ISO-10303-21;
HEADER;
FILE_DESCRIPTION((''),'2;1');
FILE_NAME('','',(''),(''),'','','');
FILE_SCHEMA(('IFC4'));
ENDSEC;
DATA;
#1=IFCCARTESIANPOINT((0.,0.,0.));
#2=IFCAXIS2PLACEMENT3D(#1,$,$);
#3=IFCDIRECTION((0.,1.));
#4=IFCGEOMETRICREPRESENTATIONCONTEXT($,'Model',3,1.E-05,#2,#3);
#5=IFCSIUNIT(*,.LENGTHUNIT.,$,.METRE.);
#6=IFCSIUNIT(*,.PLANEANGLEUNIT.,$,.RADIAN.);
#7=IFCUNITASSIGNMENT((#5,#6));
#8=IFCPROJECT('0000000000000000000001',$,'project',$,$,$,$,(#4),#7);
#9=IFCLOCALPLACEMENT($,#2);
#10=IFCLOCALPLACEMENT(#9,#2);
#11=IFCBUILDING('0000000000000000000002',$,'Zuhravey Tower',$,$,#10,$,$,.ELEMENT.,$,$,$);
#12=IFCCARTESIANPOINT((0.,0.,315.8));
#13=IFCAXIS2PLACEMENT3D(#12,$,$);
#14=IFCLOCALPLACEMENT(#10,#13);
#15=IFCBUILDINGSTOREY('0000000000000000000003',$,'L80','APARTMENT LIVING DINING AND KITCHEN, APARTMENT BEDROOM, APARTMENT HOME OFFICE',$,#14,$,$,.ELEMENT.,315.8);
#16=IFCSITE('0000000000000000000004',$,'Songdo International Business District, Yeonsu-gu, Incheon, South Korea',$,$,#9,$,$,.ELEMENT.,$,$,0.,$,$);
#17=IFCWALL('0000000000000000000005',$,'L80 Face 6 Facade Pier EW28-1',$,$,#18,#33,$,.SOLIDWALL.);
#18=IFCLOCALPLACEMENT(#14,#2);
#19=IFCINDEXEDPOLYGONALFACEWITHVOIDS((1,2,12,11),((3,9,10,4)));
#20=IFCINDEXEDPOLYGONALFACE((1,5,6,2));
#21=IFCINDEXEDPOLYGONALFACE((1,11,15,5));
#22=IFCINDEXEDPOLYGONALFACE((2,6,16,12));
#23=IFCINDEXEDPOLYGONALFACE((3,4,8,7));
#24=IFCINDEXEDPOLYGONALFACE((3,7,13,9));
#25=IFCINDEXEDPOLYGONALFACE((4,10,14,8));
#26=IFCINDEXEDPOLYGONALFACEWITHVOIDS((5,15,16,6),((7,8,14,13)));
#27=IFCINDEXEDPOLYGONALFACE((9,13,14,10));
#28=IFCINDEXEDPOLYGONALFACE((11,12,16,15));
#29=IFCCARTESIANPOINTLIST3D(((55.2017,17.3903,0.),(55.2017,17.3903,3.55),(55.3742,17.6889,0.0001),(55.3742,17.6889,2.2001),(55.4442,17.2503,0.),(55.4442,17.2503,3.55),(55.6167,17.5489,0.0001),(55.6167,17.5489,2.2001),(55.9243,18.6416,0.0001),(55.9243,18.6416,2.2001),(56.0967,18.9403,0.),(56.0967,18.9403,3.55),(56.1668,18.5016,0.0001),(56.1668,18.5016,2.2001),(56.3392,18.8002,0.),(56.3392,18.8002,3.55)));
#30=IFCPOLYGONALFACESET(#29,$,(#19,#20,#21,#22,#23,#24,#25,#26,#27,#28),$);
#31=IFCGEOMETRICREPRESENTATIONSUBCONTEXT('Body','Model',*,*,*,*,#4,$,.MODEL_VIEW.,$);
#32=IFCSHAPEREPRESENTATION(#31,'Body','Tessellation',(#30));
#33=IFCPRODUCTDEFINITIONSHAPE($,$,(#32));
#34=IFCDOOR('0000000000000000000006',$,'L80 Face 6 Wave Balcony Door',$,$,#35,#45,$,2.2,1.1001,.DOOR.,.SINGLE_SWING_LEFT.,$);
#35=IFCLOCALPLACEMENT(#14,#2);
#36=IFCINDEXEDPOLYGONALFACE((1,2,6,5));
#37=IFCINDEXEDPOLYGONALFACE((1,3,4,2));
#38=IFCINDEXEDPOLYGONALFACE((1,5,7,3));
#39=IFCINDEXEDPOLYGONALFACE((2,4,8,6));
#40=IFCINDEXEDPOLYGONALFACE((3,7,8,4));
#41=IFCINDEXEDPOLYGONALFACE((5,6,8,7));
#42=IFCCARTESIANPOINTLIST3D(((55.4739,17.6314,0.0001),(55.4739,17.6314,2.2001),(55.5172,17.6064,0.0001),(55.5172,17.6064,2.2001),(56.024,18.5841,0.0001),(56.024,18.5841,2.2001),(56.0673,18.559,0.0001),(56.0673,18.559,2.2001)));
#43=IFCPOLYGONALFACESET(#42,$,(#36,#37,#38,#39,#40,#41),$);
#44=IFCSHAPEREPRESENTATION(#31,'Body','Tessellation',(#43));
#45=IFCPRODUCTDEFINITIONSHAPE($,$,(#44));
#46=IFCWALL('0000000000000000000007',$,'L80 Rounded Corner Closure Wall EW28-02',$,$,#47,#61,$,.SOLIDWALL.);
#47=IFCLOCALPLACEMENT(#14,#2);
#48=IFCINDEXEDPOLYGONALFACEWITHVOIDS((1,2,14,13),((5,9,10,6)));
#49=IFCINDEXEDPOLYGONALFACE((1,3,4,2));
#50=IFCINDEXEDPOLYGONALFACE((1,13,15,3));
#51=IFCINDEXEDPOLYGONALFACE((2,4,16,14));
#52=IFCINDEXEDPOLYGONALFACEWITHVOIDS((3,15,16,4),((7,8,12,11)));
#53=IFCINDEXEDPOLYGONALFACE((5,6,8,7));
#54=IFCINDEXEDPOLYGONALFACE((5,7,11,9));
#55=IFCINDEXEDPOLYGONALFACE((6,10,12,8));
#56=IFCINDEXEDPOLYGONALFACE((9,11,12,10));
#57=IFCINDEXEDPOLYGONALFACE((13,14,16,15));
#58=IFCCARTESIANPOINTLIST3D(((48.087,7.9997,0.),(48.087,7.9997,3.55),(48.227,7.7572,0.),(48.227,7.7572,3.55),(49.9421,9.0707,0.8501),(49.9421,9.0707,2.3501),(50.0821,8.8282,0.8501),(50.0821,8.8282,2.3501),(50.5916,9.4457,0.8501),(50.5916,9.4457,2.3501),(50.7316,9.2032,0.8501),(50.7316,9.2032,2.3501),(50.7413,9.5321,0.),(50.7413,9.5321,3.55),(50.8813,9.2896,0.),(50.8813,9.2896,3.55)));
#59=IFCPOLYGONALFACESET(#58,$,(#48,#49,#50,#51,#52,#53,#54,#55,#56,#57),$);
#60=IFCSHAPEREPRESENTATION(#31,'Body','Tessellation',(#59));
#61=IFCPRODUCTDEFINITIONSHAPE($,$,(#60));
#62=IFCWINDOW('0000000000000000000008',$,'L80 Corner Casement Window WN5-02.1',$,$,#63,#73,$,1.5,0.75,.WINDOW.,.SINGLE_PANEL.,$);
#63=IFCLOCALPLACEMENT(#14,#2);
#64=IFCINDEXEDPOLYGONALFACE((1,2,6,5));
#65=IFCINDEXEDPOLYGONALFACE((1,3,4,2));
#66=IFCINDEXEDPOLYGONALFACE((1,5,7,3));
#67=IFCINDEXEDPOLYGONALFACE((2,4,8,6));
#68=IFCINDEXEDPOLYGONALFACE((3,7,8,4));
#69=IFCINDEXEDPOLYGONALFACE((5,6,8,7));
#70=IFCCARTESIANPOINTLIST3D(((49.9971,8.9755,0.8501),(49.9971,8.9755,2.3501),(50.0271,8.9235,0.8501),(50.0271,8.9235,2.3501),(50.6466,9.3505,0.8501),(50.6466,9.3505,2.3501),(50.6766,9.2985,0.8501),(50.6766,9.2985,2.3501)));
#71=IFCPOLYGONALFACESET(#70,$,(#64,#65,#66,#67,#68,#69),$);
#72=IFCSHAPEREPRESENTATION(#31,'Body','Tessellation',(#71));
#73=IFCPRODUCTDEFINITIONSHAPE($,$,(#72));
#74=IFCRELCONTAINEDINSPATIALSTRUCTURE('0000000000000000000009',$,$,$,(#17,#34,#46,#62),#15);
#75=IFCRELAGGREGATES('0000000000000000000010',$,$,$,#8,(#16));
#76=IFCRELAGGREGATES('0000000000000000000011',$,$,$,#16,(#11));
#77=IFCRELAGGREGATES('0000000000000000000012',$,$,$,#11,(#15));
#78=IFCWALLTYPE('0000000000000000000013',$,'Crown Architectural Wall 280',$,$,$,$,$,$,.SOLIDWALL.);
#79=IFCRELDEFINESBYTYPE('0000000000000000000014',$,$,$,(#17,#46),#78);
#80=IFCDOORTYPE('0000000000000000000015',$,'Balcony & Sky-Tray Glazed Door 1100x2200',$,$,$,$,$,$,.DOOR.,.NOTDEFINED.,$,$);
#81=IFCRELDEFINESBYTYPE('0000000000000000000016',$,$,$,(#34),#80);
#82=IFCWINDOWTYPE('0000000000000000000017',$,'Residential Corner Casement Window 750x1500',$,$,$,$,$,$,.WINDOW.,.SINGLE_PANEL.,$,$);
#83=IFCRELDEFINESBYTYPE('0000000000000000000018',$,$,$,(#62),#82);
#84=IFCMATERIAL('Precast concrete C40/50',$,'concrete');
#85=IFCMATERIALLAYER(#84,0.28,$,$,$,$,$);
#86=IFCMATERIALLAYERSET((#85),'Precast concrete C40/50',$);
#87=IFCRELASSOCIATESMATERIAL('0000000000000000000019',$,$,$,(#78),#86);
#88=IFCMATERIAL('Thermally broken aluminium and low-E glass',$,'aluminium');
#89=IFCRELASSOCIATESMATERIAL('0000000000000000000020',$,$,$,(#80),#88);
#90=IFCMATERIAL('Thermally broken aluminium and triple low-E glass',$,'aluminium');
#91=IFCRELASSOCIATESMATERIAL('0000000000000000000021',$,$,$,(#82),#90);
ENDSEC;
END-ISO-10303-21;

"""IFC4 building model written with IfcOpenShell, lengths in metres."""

from ifc_helpers import new_model, si_unit, direction, frame, frame_2d, origin, place, context, subcontext, project, spatial, rectangle, extrude, material, layer, layer_set, type_object, element, fill, save


model = new_model("IFC4")

# Units and contexts
model_context = context("Model", 3, precision=1e-05, world=origin(), true_north=direction((0.0, 1.0)))
body_context = subcontext(model_context, "Body", "Model", "MODEL_VIEW")
ifc_project = project(units=[si_unit("LENGTHUNIT", "METRE"), si_unit("PLANEANGLEUNIT", "RADIAN")], contexts=[model_context])

# Site, building, storey
site_placement = place(None, origin())
site = spatial("IfcSite", under=ifc_project, at=site_placement, Name="Songdo International Business District, Yeonsu-gu, Incheon, South Korea", CompositionType="ELEMENT", RefElevation=0.0)
building_placement = place(site_placement, origin())
building = spatial("IfcBuilding", under=site, at=building_placement, Name="Zuhravey Tower", CompositionType="ELEMENT")
storey_placement = place(building_placement, frame((0.0, 0.0, 315.8)))
storey = spatial("IfcBuildingStorey", under=building, at=storey_placement, Name="L80", Description="APARTMENT LIVING DINING AND KITCHEN, APARTMENT BEDROOM, APARTMENT HOME OFFICE", CompositionType="ELEMENT", Elevation=315.8)

# Wall, opening, door
ifc_material_1 = material(Name="Precast concrete C40/50", Category="concrete")
ifc_layer_1 = layer(ifc_material_1, 0.28)
ifc_layer_set_1 = layer_set([ifc_layer_1], Name="Precast concrete C40/50")
wall_type = type_object("IfcWallType", Name="Crown Architectural Wall 280", PredefinedType="SOLIDWALL", material=ifc_layer_set_1)
wall_1_placement = place(storey_placement, frame((56.218, 18.8704, 0.0), z_axis=(0.0, 0.0, 1.0), x_axis=(-0.500041, -0.866002, 0.0)))
wall_1 = element("IfcWall", 1, at=wall_1_placement, inside=storey, type_object=wall_type, Name="L80 Face 6 Facade Pier EW28-1", PredefinedType="SOLIDWALL", context=body_context, shape_type="SweptSolid", body=[
    extrude(rectangle(XDim=1.7898, YDim=0.28, at=frame_2d((0.895, 0.0))), origin(), (0.0, 0.0, 1.0), 3.55),
])
opening_1_placement = place(wall_1_placement, frame((0.345, 0.0, 0.0)))
opening_1 = element("IfcOpeningElement", 2, at=opening_1_placement, cuts=wall_1, PredefinedType="OPENING", context=body_context, shape_type="SweptSolid", body=[
    extrude(rectangle(XDim=1.1001, YDim=2.2, at=frame_2d((0.55, 1.1001))), frame((0.0, 0.1521, 0.0), z_axis=(0.0, -1.0, 0.0), x_axis=(1.0, 0.0, 0.0)), (0.0, 0.0, 1.0), 0.304),
])
ifc_material_2 = material(Name="Thermally broken aluminium and low-E glass", Category="aluminium")
door_type = type_object("IfcDoorType", Name="Balcony & Sky-Tray Glazed Door 1100x2200", OperationType="NOTDEFINED", PredefinedType="DOOR", material=ifc_material_2)
door_placement = place(opening_1_placement, frame((1.1001, 0.0, 0.0), z_axis=(0.0, 0.0, 1.0), x_axis=(-1.0, 0.0, 0.0)))
door = element("IfcDoor", 3, at=door_placement, inside=storey, type_object=door_type, Name="L80 Face 6 Wave Balcony Door", OperationType="SINGLE_SWING_LEFT", OverallHeight=2.2, OverallWidth=1.1001, PredefinedType="DOOR", context=body_context, shape_type="SweptSolid", body=[
    extrude(rectangle(XDim=1.1001, YDim=2.2, at=frame_2d((0.55, 1.1001))), frame((0.0, 0.0249, 0.0), z_axis=(0.0, -1.0, 0.0), x_axis=(1.0, 0.0, 0.0)), (0.0, 0.0, 1.0), 0.05),
])
fill(opening_1, door)

# Wall, opening, window
wall_2_placement = place(storey_placement, frame((50.8113, 9.4109, 0.0), z_axis=(0.0, 0.0, 1.0), x_axis=(-0.866024, -0.500003, 0.0)))
wall_2 = element("IfcWall", 4, at=wall_2_placement, inside=storey, type_object=wall_type, Name="L80 Rounded Corner Closure Wall EW28-02", PredefinedType="SOLIDWALL", context=body_context, shape_type="SweptSolid", body=[
    extrude(rectangle(XDim=3.0649, YDim=0.28, at=frame_2d((1.5325, 0.0))), origin(), (0.0, 0.0, 1.0), 3.55),
])
opening_2_placement = place(wall_2_placement, frame((0.1729, 0.0, 0.8501)))
opening_2 = element("IfcOpeningElement", 5, at=opening_2_placement, cuts=wall_2, PredefinedType="OPENING", context=body_context, shape_type="SweptSolid", body=[
    extrude(rectangle(XDim=0.75, YDim=1.5, at=frame_2d((0.375, 0.75))), frame((0.0, 0.1521, 0.0), z_axis=(0.0, -1.0, 0.0), x_axis=(1.0, 0.0, 0.0)), (0.0, 0.0, 1.0), 0.304),
])
ifc_material_3 = material(Name="Thermally broken aluminium and triple low-E glass", Category="aluminium")
window_type = type_object("IfcWindowType", Name="Residential Corner Casement Window 750x1500", PartitioningType="SINGLE_PANEL", PredefinedType="WINDOW", material=ifc_material_3)
window_placement = place(opening_2_placement, origin())
window = element("IfcWindow", 6, at=window_placement, inside=storey, type_object=window_type, Name="L80 Corner Casement Window WN5-02.1", OverallHeight=1.5, OverallWidth=0.75, PartitioningType="SINGLE_PANEL", PredefinedType="WINDOW", context=body_context, shape_type="SweptSolid", body=[
    extrude(rectangle(XDim=0.75, YDim=1.5, at=frame_2d((0.375, 0.75))), frame((0.0, 0.03, 0.0), z_axis=(0.0, -1.0, 0.0), x_axis=(1.0, 0.0, 0.0)), (0.0, 0.0, 1.0), 0.0601),
])
fill(opening_2, window)

save(model, "model.ifc")
